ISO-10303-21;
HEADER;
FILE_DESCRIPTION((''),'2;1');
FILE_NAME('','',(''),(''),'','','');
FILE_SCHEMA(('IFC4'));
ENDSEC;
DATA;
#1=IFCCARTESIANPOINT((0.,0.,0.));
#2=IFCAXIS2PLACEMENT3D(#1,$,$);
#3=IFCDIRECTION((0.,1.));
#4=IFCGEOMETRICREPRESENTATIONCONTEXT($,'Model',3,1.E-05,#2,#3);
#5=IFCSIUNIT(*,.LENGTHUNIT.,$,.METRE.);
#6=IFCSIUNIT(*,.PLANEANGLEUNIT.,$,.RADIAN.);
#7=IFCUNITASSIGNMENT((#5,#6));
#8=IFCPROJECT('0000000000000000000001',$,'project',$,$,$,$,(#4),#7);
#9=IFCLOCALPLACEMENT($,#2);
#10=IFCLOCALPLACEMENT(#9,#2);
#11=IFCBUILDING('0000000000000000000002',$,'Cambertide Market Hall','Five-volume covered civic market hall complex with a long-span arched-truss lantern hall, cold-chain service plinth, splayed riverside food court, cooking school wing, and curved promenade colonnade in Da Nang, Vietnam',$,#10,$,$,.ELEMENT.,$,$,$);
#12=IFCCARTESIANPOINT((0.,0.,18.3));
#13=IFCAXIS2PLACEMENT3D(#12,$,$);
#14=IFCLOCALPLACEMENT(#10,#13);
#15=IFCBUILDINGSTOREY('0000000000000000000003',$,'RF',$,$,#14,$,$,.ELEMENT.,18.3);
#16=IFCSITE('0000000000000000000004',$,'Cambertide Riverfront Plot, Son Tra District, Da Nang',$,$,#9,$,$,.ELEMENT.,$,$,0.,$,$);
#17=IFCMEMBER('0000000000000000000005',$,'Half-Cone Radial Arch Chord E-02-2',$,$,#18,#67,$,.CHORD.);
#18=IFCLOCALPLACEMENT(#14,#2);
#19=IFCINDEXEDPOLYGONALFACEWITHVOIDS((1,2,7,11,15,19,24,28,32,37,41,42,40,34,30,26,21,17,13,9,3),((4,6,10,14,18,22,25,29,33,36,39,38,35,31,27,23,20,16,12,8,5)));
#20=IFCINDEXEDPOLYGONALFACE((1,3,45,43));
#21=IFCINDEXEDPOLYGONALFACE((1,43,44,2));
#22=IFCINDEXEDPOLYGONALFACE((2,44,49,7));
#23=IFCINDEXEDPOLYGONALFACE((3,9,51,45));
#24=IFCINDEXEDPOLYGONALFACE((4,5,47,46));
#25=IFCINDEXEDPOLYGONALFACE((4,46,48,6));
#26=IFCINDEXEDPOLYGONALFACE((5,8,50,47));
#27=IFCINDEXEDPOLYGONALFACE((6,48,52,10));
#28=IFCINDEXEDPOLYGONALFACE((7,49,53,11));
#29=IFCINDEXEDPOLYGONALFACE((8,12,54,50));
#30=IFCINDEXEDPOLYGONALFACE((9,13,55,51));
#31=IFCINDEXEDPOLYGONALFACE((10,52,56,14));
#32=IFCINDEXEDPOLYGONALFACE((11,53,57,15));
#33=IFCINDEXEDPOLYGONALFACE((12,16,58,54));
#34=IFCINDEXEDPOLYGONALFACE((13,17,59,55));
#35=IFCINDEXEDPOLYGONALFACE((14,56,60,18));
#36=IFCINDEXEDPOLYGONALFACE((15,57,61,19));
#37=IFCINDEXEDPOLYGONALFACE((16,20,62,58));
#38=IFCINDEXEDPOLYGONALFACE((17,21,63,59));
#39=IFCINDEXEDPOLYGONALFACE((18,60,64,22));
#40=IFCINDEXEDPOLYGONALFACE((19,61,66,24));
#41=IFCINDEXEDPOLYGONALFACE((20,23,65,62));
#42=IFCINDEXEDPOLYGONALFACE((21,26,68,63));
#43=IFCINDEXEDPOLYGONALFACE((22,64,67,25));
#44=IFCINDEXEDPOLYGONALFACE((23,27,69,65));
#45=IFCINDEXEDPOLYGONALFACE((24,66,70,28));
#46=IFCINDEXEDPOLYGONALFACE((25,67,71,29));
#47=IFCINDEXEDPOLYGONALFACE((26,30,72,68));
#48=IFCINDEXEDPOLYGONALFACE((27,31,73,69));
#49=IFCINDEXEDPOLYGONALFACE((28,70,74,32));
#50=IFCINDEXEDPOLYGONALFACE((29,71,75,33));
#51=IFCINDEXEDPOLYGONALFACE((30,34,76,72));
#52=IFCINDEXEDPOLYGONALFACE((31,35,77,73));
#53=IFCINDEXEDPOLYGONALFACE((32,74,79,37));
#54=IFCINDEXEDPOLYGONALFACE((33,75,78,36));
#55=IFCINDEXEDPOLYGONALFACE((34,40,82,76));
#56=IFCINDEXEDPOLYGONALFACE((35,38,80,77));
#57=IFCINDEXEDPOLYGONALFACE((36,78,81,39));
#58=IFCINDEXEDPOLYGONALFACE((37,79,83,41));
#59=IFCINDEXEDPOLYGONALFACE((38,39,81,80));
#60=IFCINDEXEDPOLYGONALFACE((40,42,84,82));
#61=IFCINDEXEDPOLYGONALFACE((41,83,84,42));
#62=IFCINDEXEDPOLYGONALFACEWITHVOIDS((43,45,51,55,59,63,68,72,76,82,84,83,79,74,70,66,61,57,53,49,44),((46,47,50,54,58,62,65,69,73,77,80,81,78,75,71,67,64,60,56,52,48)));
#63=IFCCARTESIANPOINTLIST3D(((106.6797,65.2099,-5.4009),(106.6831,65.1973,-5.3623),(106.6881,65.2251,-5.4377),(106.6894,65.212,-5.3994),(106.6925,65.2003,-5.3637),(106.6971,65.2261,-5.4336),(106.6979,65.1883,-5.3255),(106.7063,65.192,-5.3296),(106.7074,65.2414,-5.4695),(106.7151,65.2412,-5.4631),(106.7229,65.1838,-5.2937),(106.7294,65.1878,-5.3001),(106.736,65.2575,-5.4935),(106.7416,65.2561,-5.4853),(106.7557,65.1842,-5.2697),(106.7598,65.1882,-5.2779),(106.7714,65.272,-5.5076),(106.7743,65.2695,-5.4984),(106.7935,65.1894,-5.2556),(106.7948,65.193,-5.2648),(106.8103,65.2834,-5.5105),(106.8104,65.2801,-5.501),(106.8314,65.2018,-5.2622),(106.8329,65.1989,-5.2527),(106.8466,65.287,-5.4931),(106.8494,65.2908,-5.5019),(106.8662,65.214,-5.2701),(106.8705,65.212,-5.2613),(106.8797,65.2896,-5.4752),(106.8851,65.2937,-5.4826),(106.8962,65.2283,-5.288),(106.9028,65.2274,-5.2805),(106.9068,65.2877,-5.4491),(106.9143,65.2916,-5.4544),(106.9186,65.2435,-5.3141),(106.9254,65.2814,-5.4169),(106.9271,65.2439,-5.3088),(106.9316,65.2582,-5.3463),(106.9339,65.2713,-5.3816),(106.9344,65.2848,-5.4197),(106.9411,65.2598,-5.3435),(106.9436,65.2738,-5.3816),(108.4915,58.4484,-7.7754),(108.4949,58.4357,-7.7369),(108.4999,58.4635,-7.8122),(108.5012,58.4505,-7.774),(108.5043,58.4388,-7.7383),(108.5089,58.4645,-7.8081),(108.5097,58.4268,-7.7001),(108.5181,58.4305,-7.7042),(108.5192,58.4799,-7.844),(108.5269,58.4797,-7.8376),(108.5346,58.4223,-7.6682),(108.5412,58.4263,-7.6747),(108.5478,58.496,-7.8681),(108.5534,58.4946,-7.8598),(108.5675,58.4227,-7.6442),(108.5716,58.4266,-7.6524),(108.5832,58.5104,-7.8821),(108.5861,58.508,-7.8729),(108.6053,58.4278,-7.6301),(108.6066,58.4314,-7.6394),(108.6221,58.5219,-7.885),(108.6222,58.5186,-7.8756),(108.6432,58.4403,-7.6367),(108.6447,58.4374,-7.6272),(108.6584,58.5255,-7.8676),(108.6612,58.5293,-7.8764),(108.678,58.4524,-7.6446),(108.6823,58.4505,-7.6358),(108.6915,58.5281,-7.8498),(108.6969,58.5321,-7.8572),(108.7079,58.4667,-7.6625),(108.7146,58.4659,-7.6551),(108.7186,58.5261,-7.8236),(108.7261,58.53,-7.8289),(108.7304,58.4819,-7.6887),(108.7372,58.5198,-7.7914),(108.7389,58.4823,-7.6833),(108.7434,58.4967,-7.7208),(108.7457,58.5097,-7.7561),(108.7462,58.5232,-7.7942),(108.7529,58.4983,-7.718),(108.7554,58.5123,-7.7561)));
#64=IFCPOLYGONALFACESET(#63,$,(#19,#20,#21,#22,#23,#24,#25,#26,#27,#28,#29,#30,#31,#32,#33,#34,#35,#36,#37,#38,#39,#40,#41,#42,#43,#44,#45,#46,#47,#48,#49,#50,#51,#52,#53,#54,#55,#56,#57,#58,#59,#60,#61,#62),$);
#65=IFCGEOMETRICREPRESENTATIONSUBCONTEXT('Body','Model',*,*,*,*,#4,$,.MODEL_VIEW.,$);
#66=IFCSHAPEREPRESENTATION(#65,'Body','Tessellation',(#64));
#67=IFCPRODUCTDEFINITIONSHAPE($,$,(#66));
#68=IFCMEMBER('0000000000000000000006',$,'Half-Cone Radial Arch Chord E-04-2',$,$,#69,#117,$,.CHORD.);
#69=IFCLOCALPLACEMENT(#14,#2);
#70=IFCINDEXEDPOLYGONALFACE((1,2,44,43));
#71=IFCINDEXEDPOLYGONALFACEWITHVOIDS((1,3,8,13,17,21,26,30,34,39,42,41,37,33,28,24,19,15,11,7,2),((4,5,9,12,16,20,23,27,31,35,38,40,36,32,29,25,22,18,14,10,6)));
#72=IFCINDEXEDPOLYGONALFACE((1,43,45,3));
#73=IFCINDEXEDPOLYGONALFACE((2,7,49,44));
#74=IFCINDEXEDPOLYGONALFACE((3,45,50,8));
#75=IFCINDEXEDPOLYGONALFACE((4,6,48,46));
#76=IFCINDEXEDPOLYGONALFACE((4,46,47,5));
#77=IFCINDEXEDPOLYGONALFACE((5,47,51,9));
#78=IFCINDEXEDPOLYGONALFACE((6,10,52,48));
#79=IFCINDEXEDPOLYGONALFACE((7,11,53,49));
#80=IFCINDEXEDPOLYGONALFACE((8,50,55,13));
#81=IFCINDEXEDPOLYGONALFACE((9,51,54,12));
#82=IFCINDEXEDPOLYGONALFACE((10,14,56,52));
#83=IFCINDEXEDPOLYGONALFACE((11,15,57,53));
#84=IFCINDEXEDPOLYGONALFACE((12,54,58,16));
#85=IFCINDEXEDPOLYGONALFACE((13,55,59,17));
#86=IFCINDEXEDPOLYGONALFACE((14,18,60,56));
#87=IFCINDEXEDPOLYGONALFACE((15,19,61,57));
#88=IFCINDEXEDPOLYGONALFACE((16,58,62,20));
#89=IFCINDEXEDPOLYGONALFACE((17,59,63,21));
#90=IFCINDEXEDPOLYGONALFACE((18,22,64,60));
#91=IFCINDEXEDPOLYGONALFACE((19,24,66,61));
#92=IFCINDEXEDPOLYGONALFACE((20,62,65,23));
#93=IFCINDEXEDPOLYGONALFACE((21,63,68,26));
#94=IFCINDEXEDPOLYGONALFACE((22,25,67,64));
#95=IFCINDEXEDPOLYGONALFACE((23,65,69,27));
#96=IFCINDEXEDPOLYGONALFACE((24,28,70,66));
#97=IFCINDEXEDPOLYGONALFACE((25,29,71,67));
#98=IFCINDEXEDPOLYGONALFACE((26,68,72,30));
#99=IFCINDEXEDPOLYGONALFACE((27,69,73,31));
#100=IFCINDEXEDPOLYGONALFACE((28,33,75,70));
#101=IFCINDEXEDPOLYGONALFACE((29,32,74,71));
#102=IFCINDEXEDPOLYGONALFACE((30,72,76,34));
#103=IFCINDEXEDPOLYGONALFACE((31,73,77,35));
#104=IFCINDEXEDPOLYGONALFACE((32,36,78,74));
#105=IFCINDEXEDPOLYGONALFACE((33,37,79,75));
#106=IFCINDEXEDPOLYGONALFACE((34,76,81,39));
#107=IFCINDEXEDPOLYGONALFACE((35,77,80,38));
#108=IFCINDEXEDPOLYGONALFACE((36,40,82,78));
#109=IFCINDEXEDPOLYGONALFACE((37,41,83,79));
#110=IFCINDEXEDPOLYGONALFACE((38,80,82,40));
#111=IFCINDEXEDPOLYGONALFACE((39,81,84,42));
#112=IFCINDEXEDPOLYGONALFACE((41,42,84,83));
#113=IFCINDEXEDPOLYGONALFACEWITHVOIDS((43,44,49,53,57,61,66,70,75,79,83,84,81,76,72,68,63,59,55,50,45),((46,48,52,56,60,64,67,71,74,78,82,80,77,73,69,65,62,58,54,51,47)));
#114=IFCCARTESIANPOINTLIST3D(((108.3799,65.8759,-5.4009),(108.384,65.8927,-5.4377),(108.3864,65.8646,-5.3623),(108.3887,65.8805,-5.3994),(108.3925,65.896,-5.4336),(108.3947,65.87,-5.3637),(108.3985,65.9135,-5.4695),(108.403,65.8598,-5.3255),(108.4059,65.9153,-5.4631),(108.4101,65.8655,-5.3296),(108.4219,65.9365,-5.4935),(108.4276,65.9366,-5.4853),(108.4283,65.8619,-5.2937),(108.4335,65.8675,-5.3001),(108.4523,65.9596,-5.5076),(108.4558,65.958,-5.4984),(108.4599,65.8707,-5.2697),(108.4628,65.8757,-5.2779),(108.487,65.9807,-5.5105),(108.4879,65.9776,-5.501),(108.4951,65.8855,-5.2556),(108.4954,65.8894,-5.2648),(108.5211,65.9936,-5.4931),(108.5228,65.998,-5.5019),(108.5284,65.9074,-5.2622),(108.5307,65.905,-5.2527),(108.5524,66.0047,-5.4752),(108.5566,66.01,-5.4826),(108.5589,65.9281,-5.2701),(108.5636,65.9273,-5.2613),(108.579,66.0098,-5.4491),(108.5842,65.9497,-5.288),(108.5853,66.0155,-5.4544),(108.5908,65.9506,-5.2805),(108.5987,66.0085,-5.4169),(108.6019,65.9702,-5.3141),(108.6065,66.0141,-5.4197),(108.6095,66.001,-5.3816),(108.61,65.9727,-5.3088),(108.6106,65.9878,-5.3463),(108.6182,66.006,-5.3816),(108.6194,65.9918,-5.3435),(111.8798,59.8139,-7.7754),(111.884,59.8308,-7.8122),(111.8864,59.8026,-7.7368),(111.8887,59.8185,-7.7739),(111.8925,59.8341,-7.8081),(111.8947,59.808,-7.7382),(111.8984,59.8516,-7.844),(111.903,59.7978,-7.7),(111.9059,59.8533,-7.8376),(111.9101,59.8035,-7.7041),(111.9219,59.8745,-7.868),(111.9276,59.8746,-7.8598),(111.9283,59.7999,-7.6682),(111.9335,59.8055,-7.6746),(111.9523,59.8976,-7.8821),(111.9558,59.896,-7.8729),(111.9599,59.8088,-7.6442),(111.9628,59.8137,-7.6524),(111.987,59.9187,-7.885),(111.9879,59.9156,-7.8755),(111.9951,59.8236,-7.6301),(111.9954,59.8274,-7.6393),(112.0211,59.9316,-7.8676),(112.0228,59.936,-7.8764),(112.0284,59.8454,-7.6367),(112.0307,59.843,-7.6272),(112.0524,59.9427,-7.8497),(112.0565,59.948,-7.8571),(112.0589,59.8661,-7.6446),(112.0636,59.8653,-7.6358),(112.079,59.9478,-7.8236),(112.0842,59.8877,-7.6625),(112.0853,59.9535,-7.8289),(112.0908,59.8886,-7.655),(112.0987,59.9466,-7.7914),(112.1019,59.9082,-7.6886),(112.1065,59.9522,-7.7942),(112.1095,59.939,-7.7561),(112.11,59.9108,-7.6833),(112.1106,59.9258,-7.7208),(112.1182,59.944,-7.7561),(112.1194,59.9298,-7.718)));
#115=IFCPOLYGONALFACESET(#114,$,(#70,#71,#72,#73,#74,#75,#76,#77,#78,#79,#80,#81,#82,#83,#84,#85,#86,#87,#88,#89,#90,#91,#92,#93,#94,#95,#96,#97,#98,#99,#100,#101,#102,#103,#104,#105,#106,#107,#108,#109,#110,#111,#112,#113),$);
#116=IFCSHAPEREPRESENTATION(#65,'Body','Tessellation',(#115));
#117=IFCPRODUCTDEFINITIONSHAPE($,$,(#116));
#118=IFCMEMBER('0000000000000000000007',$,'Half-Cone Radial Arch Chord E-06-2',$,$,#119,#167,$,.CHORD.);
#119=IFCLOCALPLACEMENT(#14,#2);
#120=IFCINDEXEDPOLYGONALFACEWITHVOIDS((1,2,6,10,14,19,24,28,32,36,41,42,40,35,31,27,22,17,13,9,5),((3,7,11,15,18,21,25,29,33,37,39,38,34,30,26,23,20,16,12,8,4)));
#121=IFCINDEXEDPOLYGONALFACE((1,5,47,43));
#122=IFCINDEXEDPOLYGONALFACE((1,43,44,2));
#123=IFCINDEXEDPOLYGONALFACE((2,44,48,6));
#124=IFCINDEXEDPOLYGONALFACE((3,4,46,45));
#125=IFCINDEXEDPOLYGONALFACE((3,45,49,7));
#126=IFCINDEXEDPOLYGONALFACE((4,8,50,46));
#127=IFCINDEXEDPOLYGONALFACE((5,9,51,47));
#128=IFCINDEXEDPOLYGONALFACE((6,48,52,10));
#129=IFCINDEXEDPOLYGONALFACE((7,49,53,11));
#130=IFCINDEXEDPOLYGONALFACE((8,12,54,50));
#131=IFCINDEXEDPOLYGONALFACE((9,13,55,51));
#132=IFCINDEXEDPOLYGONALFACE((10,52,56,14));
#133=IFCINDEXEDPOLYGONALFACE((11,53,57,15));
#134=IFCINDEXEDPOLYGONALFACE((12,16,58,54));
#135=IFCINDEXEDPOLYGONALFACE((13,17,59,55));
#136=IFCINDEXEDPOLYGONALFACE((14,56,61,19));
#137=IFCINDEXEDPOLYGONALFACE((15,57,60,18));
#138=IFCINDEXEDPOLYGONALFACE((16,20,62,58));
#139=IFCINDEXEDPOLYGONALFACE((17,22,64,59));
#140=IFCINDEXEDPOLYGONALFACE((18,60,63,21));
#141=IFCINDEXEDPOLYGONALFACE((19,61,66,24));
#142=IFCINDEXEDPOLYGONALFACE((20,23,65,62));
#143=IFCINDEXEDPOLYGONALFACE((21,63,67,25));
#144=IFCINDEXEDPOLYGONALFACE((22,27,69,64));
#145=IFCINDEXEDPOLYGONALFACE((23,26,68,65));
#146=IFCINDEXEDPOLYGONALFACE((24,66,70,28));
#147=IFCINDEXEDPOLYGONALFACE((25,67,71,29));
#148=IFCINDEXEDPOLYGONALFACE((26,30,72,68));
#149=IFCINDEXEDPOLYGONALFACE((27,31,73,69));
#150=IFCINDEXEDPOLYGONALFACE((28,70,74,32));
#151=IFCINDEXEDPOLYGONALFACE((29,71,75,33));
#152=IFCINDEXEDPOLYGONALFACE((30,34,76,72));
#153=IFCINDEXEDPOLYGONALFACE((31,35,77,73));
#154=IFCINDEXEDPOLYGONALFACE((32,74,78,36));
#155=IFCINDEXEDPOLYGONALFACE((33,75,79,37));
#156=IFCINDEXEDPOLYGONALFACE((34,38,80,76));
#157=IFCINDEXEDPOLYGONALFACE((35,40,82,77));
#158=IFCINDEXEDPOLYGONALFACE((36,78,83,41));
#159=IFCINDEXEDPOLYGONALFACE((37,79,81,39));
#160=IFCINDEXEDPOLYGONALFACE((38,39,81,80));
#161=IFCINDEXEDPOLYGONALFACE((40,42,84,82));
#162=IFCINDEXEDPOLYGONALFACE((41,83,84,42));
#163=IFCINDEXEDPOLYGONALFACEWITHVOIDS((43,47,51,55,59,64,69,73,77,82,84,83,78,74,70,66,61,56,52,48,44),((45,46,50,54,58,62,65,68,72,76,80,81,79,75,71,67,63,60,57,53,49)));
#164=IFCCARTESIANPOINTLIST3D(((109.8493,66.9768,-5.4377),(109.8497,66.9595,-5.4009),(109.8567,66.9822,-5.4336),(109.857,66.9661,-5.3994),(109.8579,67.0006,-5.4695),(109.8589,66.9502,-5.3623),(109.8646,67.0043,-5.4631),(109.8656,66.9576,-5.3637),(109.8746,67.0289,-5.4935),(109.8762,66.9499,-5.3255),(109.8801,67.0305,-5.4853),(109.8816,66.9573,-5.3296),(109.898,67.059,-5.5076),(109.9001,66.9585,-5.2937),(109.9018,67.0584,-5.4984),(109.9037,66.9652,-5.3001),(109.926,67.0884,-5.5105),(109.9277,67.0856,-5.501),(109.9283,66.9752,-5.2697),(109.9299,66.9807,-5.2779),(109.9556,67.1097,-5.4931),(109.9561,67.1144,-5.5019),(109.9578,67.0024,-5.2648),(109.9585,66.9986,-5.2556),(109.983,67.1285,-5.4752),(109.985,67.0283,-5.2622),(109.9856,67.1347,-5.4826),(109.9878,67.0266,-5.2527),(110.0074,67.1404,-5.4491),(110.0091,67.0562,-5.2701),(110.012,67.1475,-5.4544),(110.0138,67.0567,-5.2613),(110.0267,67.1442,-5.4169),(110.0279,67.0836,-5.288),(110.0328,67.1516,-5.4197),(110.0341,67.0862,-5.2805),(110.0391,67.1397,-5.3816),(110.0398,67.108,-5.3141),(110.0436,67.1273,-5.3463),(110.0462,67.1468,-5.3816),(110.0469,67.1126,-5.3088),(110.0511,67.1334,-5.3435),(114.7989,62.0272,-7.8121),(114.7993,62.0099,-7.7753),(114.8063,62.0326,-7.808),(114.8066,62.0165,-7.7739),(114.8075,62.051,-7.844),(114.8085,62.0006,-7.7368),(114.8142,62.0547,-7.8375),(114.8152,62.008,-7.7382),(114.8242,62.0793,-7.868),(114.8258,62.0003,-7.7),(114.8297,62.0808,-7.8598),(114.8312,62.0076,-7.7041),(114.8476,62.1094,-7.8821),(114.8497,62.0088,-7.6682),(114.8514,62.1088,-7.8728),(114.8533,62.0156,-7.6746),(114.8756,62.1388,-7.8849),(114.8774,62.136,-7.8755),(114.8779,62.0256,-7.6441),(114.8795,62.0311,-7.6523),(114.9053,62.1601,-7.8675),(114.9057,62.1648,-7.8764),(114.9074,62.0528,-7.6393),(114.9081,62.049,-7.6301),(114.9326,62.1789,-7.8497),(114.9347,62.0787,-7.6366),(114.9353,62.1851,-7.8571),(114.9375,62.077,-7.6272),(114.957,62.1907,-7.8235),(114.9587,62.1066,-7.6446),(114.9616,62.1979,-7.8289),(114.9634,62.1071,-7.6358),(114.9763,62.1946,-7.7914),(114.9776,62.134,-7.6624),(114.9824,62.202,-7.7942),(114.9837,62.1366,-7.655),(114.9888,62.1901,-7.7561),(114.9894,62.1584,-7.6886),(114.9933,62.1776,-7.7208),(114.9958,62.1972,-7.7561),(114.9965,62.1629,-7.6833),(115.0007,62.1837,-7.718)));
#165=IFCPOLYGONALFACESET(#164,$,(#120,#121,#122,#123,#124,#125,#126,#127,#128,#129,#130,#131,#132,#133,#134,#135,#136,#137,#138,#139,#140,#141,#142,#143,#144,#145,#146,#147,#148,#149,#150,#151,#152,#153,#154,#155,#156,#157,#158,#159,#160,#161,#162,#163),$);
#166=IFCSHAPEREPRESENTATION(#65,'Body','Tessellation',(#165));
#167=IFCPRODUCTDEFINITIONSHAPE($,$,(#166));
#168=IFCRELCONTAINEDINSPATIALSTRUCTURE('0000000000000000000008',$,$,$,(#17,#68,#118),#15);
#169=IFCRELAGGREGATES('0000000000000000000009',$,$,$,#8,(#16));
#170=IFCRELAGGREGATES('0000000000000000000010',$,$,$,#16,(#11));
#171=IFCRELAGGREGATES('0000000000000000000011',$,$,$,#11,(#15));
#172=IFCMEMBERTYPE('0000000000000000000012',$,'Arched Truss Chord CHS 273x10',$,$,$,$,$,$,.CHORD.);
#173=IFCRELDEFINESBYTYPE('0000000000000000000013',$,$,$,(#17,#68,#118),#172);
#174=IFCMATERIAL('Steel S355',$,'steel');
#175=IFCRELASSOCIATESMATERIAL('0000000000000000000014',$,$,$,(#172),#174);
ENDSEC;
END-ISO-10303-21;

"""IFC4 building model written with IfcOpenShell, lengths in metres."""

from ifc_helpers import new_model, si_unit, direction, frame, origin, origin_2d, place, context, subcontext, project, spatial, hollow_circle, extrude, material, material_profile, profile_set, type_object, element, save


model = new_model("IFC4")

# Units and contexts
model_context = context("Model", 3, precision=1e-05, world=origin(), true_north=direction((0.0, 1.0)))
body_context = subcontext(model_context, "Body", "Model", "MODEL_VIEW")
ifc_project = project(units=[si_unit("LENGTHUNIT", "METRE"), si_unit("PLANEANGLEUNIT", "RADIAN")], contexts=[model_context])

# Site, building, storey
site_placement = place(None, origin())
site = spatial("IfcSite", under=ifc_project, at=site_placement, Name="Cambertide Riverfront Plot, Son Tra District, Da Nang", CompositionType="ELEMENT", RefElevation=0.0)
building_placement = place(site_placement, origin())
building = spatial("IfcBuilding", under=site, at=building_placement, Name="Cambertide Market Hall", Description="Five-volume covered civic market hall complex with a long-span arched-truss lantern hall, cold-chain service plinth, splayed riverside food court, cooking school wing, and curved promenade colonnade in Da Nang, Vietnam", CompositionType="ELEMENT")
storey_placement = place(building_placement, frame((0.0, 0.0, 18.3)))
storey = spatial("IfcBuildingStorey", under=building, at=storey_placement, Name="RF", CompositionType="ELEMENT", Elevation=18.3)

# Members
ifc_material_1 = material(Name="Steel S355", Category="steel")
ifc_material_profile_1 = material_profile(ifc_material_1, hollow_circle(Radius=0.1365, WallThickness=0.01, at=origin_2d()), Name="CHS 273x10")
ifc_profile_set_1 = profile_set([ifc_material_profile_1], Name="Steel S355")
member_type_1 = type_object("IfcMemberType", Name="Arched Truss Chord CHS 273x10", PredefinedType="CHORD", material=ifc_profile_set_1)
member_1_placement = place(storey_placement, frame((106.8118, 65.2385, -5.3816), z_axis=(0.245106, -0.914729, -0.321237), x_axis=(0.965925, 0.258824, 0.0)))
element("IfcMember", 1, at=member_1_placement, inside=storey, type_object=member_type_1, Name="Half-Cone Radial Arch Chord E-02-2", PredefinedType="CHORD", context=body_context, shape_type="SweptSolid", body=[
    extrude(hollow_circle(Radius=0.1365, WallThickness=0.01, at=origin_2d()), origin(), (0.0, 0.0, 1.0), 7.3918),
])
for number, where, z_axis, x_axis, name in (
    (2, (108.5, 65.9377, -5.3816), (0.473508, -0.820118, -0.321243), (0.866019, 0.50001, 0.0), "Half-Cone Radial Arch Chord E-04-2"),
    (3, (109.9497, 67.0503, -5.3816), (0.669629, -0.669629, -0.321239), (0.707107, 0.707107, 0.0), "Half-Cone Radial Arch Chord E-06-2"),
):
    element("IfcMember", number, at=place(storey_placement, frame(where, z_axis=z_axis, x_axis=x_axis)), inside=storey, type_object=member_type_1, Name=name, PredefinedType="CHORD", context=body_context, shape_type="SweptSolid", body=[
        extrude(hollow_circle(Radius=0.1365, WallThickness=0.01, at=origin_2d()), origin(), (0.0, 0.0, 1.0), 7.3916),
    ])

save(model, "model.ifc")
